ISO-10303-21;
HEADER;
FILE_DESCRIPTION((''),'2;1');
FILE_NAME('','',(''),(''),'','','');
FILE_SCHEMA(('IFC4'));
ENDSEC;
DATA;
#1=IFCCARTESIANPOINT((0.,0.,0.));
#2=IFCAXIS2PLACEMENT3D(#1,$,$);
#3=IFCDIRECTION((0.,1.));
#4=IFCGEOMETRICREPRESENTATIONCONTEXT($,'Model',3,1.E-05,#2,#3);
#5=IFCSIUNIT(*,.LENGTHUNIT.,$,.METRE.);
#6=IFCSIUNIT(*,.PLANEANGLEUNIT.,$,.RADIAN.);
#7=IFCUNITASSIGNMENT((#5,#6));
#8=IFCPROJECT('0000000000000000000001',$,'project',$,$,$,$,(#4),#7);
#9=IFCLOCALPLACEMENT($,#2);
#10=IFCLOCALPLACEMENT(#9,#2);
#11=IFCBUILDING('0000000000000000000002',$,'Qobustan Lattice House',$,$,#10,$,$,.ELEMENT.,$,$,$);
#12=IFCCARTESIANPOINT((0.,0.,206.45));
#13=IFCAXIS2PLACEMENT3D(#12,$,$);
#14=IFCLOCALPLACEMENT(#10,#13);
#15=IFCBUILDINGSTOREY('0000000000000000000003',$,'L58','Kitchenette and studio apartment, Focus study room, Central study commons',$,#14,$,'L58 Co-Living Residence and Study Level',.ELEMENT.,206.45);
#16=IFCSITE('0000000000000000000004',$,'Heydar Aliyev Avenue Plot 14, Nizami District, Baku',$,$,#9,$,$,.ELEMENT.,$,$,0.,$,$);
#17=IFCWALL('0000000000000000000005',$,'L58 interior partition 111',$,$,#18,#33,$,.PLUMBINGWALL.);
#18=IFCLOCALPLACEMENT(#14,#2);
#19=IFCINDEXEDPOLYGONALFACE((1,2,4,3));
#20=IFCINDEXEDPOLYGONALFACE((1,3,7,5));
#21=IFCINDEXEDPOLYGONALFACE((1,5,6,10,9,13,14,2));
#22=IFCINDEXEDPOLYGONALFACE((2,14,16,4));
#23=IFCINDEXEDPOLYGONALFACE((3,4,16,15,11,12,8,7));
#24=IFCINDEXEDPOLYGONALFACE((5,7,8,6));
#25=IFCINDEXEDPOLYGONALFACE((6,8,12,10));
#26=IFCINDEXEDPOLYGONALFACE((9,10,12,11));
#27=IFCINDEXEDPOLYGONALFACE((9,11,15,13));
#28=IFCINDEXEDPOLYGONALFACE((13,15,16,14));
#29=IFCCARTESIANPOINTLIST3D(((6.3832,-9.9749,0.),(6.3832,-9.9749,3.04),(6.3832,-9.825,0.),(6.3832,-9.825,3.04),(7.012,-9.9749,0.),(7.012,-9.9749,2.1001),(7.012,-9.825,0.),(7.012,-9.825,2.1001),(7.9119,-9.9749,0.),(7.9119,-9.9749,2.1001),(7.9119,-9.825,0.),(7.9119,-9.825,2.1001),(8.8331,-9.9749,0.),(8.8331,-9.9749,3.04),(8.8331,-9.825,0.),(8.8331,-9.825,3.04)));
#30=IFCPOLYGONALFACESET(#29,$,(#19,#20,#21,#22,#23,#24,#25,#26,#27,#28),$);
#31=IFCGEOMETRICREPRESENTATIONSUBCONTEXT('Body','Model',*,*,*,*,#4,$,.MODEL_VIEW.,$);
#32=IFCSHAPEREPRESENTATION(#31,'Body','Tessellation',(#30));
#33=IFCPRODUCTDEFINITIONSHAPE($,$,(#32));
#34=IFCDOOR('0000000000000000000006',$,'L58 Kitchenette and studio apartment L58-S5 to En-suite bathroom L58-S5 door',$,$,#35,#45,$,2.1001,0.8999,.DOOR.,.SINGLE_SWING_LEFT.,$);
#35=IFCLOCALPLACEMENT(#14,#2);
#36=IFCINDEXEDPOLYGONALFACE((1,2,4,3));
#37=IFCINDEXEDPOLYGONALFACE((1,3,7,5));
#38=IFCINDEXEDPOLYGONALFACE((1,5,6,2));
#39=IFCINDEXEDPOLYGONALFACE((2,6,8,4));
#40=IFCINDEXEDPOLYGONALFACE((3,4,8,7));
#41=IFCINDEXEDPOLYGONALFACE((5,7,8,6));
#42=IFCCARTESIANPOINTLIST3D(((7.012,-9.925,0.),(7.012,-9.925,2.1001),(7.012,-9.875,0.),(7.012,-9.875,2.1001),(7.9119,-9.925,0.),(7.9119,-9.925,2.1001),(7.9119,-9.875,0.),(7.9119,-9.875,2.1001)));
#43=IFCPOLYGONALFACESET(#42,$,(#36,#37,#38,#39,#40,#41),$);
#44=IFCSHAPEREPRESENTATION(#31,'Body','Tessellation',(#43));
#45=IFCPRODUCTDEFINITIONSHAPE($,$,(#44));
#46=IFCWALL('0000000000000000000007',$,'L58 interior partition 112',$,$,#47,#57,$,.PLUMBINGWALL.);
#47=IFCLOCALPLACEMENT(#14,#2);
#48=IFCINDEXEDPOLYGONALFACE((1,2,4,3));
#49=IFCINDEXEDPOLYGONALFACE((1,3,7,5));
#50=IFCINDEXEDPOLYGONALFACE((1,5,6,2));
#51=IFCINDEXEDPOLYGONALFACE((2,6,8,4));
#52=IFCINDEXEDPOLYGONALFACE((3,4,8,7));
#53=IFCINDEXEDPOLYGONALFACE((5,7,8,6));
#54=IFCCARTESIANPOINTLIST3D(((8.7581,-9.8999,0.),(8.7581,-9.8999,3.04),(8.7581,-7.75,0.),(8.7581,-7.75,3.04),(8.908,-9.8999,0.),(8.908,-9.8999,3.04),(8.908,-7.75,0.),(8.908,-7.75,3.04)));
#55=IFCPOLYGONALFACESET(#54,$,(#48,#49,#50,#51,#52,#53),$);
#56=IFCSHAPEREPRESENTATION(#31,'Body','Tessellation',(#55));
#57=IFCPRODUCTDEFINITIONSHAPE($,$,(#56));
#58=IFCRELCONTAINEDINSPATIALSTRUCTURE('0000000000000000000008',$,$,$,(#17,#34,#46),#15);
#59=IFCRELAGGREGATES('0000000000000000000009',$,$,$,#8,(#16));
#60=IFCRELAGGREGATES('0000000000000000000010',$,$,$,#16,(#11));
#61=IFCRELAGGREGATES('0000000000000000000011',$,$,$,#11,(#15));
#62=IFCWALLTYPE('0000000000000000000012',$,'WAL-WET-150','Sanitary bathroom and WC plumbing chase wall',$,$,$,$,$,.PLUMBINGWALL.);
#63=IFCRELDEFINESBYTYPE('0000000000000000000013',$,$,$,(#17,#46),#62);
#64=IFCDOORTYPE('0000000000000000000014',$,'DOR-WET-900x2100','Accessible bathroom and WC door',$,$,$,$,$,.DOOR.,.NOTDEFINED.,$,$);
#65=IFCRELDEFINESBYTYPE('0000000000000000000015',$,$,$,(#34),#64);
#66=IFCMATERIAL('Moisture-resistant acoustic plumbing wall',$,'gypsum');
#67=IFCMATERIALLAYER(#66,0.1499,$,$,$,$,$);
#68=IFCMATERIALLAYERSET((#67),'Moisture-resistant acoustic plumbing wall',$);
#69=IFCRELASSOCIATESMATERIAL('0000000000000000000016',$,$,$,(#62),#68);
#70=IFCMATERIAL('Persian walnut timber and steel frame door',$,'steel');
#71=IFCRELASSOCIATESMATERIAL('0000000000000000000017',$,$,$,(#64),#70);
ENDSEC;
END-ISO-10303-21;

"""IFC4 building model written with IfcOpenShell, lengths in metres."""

from ifc_helpers import new_model, si_unit, direction, frame, frame_2d, origin, place, context, subcontext, project, spatial, rectangle, extrude, material, layer, layer_set, type_object, element, fill, save


model = new_model("IFC4")

# Units and contexts
model_context = context("Model", 3, precision=1e-05, world=origin(), true_north=direction((0.0, 1.0)))
body_context = subcontext(model_context, "Body", "Model", "MODEL_VIEW")
ifc_project = project(units=[si_unit("LENGTHUNIT", "METRE"), si_unit("PLANEANGLEUNIT", "RADIAN")], contexts=[model_context])

# Site, building, storey
site_placement = place(None, origin())
site = spatial("IfcSite", under=ifc_project, at=site_placement, Name="Heydar Aliyev Avenue Plot 14, Nizami District, Baku", CompositionType="ELEMENT", RefElevation=0.0)
building_placement = place(site_placement, origin())
building = spatial("IfcBuilding", under=site, at=building_placement, Name="Qobustan Lattice House", CompositionType="ELEMENT")
storey_placement = place(building_placement, frame((0.0, 0.0, 206.45)))
storey = spatial("IfcBuildingStorey", under=building, at=storey_placement, Name="L58", Description="Kitchenette and studio apartment, Focus study room, Central study commons", LongName="L58 Co-Living Residence and Study Level", CompositionType="ELEMENT", Elevation=206.45)

# Shared definitions
ifc_material_1 = material(Name="Moisture-resistant acoustic plumbing wall", Category="gypsum")
ifc_layer_1 = layer(ifc_material_1, 0.1499)
ifc_layer_set_1 = layer_set([ifc_layer_1], Name="Moisture-resistant acoustic plumbing wall")
wall_type_1 = type_object("IfcWallType", Name="WAL-WET-150", Description="Sanitary bathroom and WC plumbing chase wall", PredefinedType="PLUMBINGWALL", material=ifc_layer_set_1)

# Shared definitions
ifc_material_2 = material(Name="Persian walnut timber and steel frame door", Category="steel")
door_type_1 = type_object("IfcDoorType", Name="DOR-WET-900x2100", Description="Accessible bathroom and WC door", OperationType="NOTDEFINED", PredefinedType="DOOR", material=ifc_material_2)

# Wall, opening, door
wall_1_placement = place(storey_placement, frame((6.3831, -9.8999, 0.0), z_axis=(0.0, 0.0, 1.0), x_axis=(1.0, 0.0, 0.0)))
wall_1 = element("IfcWall", 1, at=wall_1_placement, inside=storey, type_object=wall_type_1, Name="L58 interior partition 111", PredefinedType="PLUMBINGWALL", context=body_context, shape_type="SweptSolid", body=[
    extrude(rectangle(XDim=2.45, YDim=0.1499, at=frame_2d((1.2251, 0.0))), origin(), (0.0, 0.0, 1.0), 3.04),
])
opening_1_placement = place(wall_1_placement, frame((0.6289, 0.0, 0.0)))
opening_1 = element("IfcOpeningElement", 2, at=opening_1_placement, cuts=wall_1, PredefinedType="OPENING", context=body_context, shape_type="SweptSolid", body=[
    extrude(rectangle(XDim=0.8999, YDim=2.1001, at=frame_2d((0.45, 1.05))), frame((0.0, 0.085, 0.0), z_axis=(0.0, -1.0, 0.0), x_axis=(1.0, 0.0, 0.0)), (0.0, 0.0, 1.0), 0.1699),
])
door_1_placement = place(opening_1_placement, origin())
door_1 = element("IfcDoor", 3, at=door_1_placement, inside=storey, type_object=door_type_1, Name="L58 Kitchenette and studio apartment L58-S5 to En-suite bathroom L58-S5 door", OperationType="SINGLE_SWING_LEFT", OverallHeight=2.1001, OverallWidth=0.8999, PredefinedType="DOOR", context=body_context, shape_type="SweptSolid", body=[
    extrude(rectangle(XDim=0.8999, YDim=2.1001, at=frame_2d((0.45, 1.05))), frame((0.0, 0.0249, 0.0), z_axis=(0.0, -1.0, 0.0), x_axis=(1.0, 0.0, 0.0)), (0.0, 0.0, 1.0), 0.05),
])
fill(opening_1, door_1)

# Wall
wall_2_placement = place(storey_placement, frame((8.833, -9.8999, 0.0), z_axis=(0.0, 0.0, 1.0), x_axis=(0.0, 1.0, 0.0)))
element("IfcWall", 4, at=wall_2_placement, inside=storey, type_object=wall_type_1, Name="L58 interior partition 112", PredefinedType="PLUMBINGWALL", context=body_context, shape_type="SweptSolid", body=[
    extrude(rectangle(XDim=2.1499, YDim=0.1499, at=frame_2d((1.075, 0.0))), origin(), (0.0, 0.0, 1.0), 3.04),
])

save(model, "model.ifc")
